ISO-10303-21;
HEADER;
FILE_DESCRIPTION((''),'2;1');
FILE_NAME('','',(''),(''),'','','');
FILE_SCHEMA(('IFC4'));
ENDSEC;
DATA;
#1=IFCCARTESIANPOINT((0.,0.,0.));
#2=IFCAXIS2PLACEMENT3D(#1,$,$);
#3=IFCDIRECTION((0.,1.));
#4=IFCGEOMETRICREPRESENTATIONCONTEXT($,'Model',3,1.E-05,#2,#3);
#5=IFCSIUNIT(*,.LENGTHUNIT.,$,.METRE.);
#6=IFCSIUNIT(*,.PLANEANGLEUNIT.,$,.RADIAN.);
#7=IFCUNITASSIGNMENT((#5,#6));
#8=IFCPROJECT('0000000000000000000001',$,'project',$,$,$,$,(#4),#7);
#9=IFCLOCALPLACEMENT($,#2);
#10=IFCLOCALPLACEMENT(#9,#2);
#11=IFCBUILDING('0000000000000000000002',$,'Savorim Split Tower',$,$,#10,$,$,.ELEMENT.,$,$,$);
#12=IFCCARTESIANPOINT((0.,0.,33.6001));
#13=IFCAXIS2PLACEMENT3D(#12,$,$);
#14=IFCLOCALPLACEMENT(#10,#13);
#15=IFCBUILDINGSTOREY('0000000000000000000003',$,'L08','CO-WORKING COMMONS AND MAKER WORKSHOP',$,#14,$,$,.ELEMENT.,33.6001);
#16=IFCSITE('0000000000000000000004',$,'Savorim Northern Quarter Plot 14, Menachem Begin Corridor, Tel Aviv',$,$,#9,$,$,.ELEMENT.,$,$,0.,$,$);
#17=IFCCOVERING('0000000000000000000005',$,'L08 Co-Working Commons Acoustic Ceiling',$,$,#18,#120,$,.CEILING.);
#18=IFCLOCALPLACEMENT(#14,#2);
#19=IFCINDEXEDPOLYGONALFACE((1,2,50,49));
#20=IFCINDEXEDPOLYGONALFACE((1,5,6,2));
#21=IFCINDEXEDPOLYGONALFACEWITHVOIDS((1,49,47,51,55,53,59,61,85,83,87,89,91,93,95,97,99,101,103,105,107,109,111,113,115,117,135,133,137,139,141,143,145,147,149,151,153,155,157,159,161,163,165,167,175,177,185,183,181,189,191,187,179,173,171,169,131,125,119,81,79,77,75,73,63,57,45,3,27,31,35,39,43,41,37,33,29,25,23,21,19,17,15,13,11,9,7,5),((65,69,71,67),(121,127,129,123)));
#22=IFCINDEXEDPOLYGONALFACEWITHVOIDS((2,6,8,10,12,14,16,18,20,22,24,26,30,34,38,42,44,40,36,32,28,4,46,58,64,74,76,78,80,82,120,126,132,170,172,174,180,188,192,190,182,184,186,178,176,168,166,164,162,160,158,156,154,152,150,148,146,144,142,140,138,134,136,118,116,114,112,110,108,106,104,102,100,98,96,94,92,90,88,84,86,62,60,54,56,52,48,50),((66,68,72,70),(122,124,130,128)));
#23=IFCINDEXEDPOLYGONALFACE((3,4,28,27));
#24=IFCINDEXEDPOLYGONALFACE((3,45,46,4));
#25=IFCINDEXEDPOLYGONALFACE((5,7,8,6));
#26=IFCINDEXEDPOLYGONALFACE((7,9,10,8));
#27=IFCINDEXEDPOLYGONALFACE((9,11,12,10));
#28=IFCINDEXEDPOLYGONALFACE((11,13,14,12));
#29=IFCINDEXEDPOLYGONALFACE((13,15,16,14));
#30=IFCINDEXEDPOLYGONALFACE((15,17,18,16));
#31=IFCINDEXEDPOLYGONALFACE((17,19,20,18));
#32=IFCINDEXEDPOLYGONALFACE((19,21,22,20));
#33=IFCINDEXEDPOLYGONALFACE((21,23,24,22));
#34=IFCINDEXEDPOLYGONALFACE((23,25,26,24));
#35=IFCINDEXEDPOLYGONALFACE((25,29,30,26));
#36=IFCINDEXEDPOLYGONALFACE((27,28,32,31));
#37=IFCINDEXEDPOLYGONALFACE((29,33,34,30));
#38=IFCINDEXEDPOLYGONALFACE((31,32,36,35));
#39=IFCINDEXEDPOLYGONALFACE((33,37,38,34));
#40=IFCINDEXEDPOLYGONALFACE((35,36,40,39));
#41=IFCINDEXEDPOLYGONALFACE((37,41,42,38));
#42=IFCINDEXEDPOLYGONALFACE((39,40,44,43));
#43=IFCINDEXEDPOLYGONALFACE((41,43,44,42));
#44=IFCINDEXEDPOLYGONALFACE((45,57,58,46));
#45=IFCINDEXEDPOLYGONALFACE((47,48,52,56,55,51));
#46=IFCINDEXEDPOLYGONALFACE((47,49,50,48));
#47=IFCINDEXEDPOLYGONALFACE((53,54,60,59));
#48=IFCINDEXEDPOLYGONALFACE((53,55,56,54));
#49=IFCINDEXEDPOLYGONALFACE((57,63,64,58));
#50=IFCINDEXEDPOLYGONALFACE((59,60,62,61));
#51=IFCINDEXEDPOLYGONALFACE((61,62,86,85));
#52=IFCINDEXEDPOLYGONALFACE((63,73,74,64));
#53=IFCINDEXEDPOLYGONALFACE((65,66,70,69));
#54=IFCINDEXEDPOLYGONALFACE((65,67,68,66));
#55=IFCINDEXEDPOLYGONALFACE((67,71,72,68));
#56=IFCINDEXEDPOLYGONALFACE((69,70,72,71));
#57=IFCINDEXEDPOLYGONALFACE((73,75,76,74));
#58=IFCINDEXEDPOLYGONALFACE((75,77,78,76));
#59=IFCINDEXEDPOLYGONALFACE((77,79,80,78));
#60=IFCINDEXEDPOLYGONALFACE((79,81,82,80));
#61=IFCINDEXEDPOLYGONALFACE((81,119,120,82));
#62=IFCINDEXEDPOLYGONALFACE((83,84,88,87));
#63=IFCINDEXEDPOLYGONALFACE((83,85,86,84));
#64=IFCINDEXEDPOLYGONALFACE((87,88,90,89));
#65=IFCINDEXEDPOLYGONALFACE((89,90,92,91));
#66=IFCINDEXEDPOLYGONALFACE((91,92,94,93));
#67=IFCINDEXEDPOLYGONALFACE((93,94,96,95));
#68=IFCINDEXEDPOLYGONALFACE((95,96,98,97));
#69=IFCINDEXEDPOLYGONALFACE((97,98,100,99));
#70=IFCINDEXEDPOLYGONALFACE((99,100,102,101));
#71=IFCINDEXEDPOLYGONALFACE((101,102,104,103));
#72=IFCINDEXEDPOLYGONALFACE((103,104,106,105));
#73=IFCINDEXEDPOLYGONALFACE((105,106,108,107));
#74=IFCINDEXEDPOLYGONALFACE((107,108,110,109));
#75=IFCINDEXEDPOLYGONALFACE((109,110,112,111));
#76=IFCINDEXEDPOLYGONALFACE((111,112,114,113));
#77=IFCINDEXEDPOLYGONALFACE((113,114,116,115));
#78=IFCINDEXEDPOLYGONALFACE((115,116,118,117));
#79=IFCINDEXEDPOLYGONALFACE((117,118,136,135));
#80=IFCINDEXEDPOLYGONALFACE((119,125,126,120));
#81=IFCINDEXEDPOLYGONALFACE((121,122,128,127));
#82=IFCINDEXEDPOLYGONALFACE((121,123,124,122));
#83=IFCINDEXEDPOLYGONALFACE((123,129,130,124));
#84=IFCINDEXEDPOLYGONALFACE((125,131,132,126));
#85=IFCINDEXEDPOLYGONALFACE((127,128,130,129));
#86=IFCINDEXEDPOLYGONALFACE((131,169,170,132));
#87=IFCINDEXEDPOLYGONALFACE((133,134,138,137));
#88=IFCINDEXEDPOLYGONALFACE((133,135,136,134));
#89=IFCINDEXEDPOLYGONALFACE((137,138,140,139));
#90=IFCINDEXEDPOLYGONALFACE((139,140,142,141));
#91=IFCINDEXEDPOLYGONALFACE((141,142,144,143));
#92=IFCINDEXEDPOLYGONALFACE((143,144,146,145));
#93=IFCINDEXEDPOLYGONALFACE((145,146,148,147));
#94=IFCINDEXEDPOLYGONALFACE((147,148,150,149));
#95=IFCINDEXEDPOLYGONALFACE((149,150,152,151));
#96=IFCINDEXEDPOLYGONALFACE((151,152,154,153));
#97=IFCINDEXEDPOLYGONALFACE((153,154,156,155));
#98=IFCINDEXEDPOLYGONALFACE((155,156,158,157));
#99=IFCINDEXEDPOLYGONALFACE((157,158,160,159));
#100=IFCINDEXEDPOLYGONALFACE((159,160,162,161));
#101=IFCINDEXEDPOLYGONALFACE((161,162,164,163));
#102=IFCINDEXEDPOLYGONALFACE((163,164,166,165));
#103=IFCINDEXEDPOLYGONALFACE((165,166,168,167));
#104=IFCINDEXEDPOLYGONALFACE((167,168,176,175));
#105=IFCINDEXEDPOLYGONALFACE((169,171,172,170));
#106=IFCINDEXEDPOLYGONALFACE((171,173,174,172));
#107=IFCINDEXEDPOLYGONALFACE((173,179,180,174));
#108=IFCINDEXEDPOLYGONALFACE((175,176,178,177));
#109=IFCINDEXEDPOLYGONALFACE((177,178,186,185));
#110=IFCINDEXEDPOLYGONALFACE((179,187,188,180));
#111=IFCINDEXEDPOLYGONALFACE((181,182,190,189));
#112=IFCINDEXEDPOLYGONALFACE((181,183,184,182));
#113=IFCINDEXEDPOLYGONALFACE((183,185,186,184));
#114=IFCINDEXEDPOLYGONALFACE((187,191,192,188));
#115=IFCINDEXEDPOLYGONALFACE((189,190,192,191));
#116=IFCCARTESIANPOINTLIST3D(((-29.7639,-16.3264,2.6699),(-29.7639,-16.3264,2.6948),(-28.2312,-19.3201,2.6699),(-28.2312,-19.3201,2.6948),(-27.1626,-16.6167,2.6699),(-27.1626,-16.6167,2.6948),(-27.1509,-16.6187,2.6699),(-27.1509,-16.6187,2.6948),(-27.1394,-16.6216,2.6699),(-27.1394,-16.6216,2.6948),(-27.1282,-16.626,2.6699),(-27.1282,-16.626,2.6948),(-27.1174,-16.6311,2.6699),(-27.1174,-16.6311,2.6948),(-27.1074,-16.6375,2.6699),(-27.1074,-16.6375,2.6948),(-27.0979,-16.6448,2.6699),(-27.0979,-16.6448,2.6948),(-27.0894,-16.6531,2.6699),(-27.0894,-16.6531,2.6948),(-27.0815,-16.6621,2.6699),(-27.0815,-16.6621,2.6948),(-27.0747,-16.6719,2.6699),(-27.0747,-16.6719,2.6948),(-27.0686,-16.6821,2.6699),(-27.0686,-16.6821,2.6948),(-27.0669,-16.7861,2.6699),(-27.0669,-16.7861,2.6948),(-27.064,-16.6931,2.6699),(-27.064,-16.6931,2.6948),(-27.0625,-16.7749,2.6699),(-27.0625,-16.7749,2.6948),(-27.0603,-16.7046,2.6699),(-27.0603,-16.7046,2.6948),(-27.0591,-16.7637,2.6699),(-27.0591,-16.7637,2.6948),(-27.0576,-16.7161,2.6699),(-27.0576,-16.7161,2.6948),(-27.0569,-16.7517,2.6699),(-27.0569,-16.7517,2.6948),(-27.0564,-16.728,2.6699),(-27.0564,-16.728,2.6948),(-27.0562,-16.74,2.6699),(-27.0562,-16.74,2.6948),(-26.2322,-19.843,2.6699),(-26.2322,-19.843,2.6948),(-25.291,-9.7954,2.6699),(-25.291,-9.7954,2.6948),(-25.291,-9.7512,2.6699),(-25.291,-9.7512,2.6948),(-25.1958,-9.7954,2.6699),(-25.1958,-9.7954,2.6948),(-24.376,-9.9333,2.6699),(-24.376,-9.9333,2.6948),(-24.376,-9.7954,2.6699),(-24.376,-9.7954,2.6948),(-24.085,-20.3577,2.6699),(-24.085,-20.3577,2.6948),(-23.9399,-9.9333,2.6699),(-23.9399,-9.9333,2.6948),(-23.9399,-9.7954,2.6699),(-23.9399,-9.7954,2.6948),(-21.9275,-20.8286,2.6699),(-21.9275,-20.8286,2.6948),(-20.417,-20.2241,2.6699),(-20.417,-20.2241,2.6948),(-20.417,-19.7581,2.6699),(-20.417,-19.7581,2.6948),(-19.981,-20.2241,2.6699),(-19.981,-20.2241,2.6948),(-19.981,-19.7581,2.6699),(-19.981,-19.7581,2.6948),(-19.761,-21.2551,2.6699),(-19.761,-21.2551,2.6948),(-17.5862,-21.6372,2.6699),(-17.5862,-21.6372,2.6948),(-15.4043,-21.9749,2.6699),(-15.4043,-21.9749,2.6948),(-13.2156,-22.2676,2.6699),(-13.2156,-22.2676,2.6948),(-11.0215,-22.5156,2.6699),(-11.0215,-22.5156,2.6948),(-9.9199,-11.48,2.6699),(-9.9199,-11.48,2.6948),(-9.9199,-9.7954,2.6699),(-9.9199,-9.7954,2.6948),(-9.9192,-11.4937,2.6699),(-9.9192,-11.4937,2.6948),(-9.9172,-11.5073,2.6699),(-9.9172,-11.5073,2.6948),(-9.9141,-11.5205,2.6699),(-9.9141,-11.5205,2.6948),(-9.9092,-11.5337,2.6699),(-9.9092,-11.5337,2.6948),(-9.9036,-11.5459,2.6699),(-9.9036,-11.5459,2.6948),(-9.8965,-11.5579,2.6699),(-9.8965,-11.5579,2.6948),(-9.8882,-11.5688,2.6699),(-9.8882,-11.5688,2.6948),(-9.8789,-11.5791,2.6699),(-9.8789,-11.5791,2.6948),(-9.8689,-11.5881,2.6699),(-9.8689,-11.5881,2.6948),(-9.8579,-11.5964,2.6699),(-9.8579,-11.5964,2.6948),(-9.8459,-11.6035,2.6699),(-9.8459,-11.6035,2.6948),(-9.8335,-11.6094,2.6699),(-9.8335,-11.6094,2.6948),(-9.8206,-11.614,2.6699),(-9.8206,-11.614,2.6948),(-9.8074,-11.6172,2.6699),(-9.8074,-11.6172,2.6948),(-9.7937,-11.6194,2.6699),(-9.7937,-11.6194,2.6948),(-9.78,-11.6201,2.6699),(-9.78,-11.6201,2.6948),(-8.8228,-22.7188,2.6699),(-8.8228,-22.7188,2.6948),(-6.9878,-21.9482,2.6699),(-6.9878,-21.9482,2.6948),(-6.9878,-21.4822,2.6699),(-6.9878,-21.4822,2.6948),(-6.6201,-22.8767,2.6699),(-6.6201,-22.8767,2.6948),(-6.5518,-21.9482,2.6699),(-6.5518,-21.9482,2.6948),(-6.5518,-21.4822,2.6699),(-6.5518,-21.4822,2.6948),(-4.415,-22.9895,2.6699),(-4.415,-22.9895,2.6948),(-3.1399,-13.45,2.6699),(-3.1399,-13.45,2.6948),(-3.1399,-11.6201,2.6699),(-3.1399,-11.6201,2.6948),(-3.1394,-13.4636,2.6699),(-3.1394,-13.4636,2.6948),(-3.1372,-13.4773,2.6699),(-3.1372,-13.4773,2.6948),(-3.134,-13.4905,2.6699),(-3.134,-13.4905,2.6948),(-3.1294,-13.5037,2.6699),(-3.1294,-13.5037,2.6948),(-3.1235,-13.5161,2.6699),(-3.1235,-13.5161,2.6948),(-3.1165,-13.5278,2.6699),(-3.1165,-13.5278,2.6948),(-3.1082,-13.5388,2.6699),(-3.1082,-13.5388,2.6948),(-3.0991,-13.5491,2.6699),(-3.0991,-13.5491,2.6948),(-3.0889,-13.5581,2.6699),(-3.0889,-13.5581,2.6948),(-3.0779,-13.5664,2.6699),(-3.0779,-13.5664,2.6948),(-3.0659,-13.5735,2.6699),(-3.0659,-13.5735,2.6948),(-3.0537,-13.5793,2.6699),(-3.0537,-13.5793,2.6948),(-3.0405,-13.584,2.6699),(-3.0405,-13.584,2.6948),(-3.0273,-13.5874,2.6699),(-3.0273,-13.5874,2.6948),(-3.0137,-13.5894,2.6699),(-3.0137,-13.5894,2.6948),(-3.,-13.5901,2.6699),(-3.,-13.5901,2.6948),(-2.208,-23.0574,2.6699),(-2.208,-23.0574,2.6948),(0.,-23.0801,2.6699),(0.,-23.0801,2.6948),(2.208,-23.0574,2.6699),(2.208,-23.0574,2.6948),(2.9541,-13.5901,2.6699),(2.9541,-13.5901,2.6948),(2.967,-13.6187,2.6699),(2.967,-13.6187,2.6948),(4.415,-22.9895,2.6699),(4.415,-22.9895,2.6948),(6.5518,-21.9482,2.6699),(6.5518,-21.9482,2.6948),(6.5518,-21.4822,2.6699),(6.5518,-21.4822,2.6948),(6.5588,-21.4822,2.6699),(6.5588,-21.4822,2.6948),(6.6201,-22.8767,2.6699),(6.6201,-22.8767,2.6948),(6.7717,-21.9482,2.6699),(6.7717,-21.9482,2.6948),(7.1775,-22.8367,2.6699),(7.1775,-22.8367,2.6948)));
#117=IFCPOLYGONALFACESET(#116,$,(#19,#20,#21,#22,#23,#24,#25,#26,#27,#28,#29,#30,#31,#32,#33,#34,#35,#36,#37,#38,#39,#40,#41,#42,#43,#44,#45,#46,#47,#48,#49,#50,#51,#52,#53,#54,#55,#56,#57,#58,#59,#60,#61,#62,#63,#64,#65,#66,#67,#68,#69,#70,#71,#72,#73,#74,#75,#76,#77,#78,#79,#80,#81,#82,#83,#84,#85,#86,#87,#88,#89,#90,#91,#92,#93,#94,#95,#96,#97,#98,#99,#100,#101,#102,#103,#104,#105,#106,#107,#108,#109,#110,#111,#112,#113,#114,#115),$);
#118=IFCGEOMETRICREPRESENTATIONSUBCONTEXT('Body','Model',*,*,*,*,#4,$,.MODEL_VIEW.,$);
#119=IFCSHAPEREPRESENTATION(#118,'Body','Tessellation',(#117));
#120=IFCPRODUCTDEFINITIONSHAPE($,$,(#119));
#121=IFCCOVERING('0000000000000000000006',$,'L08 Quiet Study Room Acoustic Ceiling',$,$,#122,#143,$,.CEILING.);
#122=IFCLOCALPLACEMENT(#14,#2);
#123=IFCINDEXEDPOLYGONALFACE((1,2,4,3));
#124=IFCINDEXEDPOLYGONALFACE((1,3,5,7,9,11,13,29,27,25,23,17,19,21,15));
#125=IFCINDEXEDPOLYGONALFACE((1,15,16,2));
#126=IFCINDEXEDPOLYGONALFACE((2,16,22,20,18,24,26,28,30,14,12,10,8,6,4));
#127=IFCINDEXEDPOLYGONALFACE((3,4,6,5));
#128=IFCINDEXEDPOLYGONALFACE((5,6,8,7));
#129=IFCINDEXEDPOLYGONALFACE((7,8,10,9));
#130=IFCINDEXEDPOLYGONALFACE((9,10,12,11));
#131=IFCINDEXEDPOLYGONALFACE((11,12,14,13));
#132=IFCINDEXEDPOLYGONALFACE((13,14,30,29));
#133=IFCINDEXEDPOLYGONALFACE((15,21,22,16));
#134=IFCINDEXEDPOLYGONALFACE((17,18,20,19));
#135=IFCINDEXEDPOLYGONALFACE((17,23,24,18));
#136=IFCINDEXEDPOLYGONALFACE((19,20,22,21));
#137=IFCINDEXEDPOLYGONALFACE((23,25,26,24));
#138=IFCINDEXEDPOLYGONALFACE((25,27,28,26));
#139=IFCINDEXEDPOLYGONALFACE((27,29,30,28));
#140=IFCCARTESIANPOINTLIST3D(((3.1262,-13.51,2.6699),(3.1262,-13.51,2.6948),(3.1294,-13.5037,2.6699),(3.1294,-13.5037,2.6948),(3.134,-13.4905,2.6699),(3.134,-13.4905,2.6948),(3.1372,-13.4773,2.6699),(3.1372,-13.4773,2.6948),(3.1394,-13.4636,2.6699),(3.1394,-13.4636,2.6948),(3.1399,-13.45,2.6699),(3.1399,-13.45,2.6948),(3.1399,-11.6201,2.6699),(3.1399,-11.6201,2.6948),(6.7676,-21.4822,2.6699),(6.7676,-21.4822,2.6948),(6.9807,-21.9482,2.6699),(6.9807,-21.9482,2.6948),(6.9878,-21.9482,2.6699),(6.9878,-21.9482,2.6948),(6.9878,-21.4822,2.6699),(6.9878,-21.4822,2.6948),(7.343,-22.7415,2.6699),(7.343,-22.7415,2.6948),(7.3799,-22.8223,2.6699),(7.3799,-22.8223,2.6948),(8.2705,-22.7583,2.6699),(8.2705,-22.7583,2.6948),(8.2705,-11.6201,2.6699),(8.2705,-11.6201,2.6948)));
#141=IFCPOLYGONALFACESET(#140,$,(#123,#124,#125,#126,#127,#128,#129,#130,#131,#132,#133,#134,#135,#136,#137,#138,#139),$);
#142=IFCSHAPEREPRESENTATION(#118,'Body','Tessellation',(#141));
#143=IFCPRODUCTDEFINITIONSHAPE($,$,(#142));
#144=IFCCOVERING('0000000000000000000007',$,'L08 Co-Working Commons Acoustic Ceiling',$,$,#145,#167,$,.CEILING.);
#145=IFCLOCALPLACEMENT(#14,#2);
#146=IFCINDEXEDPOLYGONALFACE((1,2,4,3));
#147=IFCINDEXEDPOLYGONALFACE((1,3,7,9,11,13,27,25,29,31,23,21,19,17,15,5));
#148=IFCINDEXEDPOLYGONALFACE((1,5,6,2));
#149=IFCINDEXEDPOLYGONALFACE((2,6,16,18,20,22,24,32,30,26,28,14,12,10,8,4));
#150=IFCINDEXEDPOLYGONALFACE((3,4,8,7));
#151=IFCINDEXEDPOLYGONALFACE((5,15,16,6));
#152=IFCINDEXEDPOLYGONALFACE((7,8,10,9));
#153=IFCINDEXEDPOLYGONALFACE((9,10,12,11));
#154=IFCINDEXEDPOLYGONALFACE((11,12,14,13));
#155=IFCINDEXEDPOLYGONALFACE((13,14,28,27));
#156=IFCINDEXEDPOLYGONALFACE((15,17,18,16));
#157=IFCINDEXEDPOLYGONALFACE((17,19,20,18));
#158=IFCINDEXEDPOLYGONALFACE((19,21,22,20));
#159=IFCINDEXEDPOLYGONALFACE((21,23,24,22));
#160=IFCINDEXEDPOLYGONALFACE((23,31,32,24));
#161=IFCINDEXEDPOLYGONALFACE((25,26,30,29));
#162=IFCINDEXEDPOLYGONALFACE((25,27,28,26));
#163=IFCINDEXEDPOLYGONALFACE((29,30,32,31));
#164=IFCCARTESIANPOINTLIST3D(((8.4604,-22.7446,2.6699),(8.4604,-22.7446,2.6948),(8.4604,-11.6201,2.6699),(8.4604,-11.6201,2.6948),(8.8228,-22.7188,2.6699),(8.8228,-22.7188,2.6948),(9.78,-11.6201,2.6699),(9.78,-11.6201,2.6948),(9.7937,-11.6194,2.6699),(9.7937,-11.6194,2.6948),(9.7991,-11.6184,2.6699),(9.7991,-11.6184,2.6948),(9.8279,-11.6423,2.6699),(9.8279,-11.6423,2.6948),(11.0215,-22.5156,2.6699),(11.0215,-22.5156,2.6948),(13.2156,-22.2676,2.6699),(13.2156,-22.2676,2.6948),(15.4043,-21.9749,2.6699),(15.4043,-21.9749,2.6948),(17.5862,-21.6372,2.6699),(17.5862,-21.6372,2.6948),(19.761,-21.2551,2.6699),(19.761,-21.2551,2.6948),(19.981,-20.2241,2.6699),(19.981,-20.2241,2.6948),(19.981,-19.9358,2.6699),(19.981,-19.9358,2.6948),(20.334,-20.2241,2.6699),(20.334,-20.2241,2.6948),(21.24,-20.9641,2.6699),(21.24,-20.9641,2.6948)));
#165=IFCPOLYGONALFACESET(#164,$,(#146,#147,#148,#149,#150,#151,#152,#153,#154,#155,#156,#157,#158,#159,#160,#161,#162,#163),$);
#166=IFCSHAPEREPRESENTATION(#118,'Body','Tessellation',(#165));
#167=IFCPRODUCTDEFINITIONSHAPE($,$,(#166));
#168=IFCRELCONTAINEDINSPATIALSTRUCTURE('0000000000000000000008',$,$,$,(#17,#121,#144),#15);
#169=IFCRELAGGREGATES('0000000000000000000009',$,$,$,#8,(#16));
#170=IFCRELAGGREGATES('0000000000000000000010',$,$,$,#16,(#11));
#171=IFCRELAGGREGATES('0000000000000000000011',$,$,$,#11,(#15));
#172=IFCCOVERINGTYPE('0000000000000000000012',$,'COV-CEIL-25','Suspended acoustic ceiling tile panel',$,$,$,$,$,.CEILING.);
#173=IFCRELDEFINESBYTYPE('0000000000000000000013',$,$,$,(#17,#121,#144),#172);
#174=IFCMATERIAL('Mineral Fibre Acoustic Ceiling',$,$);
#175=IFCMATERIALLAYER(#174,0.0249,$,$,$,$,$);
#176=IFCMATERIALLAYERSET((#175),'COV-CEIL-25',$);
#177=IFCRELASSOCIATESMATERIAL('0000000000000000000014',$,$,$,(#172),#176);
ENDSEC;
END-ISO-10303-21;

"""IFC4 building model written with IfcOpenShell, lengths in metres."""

from ifc_helpers import new_model, si_unit, direction, frame, origin, place, context, subcontext, project, spatial, polyline, outline, extrude, material, layer, layer_set, type_object, element, save


model = new_model("IFC4")

# Units and contexts
model_context = context("Model", 3, precision=1e-05, world=origin(), true_north=direction((0.0, 1.0)))
body_context = subcontext(model_context, "Body", "Model", "MODEL_VIEW")
ifc_project = project(units=[si_unit("LENGTHUNIT", "METRE"), si_unit("PLANEANGLEUNIT", "RADIAN")], contexts=[model_context])

# Site, building, storey
site_placement = place(None, origin())
site = spatial("IfcSite", under=ifc_project, at=site_placement, Name="Savorim Northern Quarter Plot 14, Menachem Begin Corridor, Tel Aviv", CompositionType="ELEMENT", RefElevation=0.0)
building_placement = place(site_placement, origin())
building = spatial("IfcBuilding", under=site, at=building_placement, Name="Savorim Split Tower", CompositionType="ELEMENT")
storey_placement = place(building_placement, frame((0.0, 0.0, 33.6001)))
storey = spatial("IfcBuildingStorey", under=building, at=storey_placement, Name="L08", Description="CO-WORKING COMMONS AND MAKER WORKSHOP", CompositionType="ELEMENT", Elevation=33.6001)

# Coverings
ifc_material_1 = material(Name="Mineral Fibre Acoustic Ceiling")
ifc_layer_1 = layer(ifc_material_1, 0.0249)
ifc_layer_set_1 = layer_set([ifc_layer_1], Name="COV-CEIL-25")
covering_type_1 = type_object("IfcCoveringType", Name="COV-CEIL-25", Description="Suspended acoustic ceiling tile panel", PredefinedType="CEILING", material=ifc_layer_set_1)
covering_1_placement = place(storey_placement, frame((0.0, 0.0, 2.6699)))
element("IfcCovering", 1, at=covering_1_placement, inside=storey, type_object=covering_type_1, Name="L08 Co-Working Commons Acoustic Ceiling", PredefinedType="CEILING", context=body_context, shape_type="SweptSolid", body=[
    extrude(outline(polyline([(-27.0562, -16.74), (-27.0569, -16.7517), (-27.0591, -16.7637), (-27.0625, -16.7749), (-27.0669, -16.7861), (-28.2312, -19.3201), (-26.2322, -19.843), (-24.085, -20.3577), (-21.9275, -20.8286), (-19.761, -21.2551), (-17.5862, -21.6372), (-15.4043, -21.9749), (-13.2156, -22.2676), (-11.0215, -22.5156), (-8.8228, -22.7188), (-6.6201, -22.8767), (-4.415, -22.9895), (-2.208, -23.0574), (0.0, -23.0801), (2.208, -23.0574), (4.415, -22.9895), (6.6201, -22.8767), (7.1775, -22.8367), (6.7717, -21.9482), (6.5518, -21.9482), (6.5518, -21.4822), (6.5588, -21.4822), (2.967, -13.6187), (2.9541, -13.5901), (-3.0, -13.5901), (-3.0137, -13.5894), (-3.0273, -13.5874), (-3.0405, -13.584), (-3.0537, -13.5793), (-3.0659, -13.5735), (-3.0779, -13.5664), (-3.0889, -13.5581), (-3.0991, -13.5491), (-3.1082, -13.5388), (-3.1165, -13.5278), (-3.1235, -13.5161), (-3.1294, -13.5037), (-3.134, -13.4905), (-3.1372, -13.4773), (-3.1394, -13.4636), (-3.1399, -13.45), (-3.1399, -11.6201), (-9.78, -11.6201), (-9.7937, -11.6194), (-9.8074, -11.6172), (-9.8206, -11.614), (-9.8335, -11.6094), (-9.8459, -11.6035), (-9.8579, -11.5964), (-9.8689, -11.5881), (-9.8789, -11.5791), (-9.8882, -11.5688), (-9.8965, -11.5579), (-9.9036, -11.5459), (-9.9092, -11.5337), (-9.9141, -11.5205), (-9.9172, -11.5073), (-9.9192, -11.4937), (-9.9199, -11.48), (-9.9199, -9.7954), (-23.9399, -9.7954), (-23.9399, -9.9333), (-24.376, -9.9333), (-24.376, -9.7954), (-25.1958, -9.7954), (-25.291, -9.7954), (-25.291, -9.7512), (-29.7639, -16.3264), (-27.1626, -16.6167), (-27.1509, -16.6187), (-27.1394, -16.6216), (-27.1282, -16.626), (-27.1174, -16.6311), (-27.1074, -16.6375), (-27.0979, -16.6448), (-27.0894, -16.6531), (-27.0815, -16.6621), (-27.0747, -16.6719), (-27.0686, -16.6821), (-27.064, -16.6931), (-27.0603, -16.7046), (-27.0576, -16.7161), (-27.0564, -16.728), (-27.0562, -16.74)]), holes=[polyline([(-20.417, -20.2241), (-19.981, -20.2241), (-19.981, -19.7581), (-20.417, -19.7581), (-20.417, -20.2241)]), polyline([(-6.9878, -21.9482), (-6.5518, -21.9482), (-6.5518, -21.4822), (-6.9878, -21.4822), (-6.9878, -21.9482)])]), origin(), (0.0, 0.0, 1.0), 0.0249),
])
covering_2_placement = place(storey_placement, frame((0.0, 0.0, 2.6699)))
element("IfcCovering", 2, at=covering_2_placement, inside=storey, type_object=covering_type_1, Name="L08 Quiet Study Room Acoustic Ceiling", PredefinedType="CEILING", context=body_context, shape_type="SweptSolid", body=[
    extrude(outline(polyline([(6.9807, -21.9482), (7.343, -22.7415), (7.3799, -22.8223), (8.2705, -22.7583), (8.2705, -11.6201), (3.1399, -11.6201), (3.1399, -13.45), (3.1394, -13.4636), (3.1372, -13.4773), (3.134, -13.4905), (3.1294, -13.5037), (3.1262, -13.51), (6.7676, -21.4822), (6.9878, -21.4822), (6.9878, -21.9482), (6.9807, -21.9482)])), origin(), (0.0, 0.0, 1.0), 0.0249),
])
covering_3_placement = place(storey_placement, frame((0.0, 0.0, 2.6699)))
element("IfcCovering", 3, at=covering_3_placement, inside=storey, type_object=covering_type_1, Name="L08 Co-Working Commons Acoustic Ceiling", PredefinedType="CEILING", context=body_context, shape_type="SweptSolid", body=[
    extrude(outline(polyline([(13.2156, -22.2676), (15.4043, -21.9749), (17.5862, -21.6372), (19.761, -21.2551), (21.24, -20.9641), (20.334, -20.2241), (19.981, -20.2241), (19.981, -19.9358), (9.8279, -11.6423), (9.7991, -11.6184), (9.7937, -11.6194), (9.78, -11.6201), (8.4604, -11.6201), (8.4604, -22.7446), (8.8228, -22.7188), (11.0215, -22.5156), (13.2156, -22.2676)])), origin(), (0.0, 0.0, 1.0), 0.0249),
])

save(model, "model.ifc")
